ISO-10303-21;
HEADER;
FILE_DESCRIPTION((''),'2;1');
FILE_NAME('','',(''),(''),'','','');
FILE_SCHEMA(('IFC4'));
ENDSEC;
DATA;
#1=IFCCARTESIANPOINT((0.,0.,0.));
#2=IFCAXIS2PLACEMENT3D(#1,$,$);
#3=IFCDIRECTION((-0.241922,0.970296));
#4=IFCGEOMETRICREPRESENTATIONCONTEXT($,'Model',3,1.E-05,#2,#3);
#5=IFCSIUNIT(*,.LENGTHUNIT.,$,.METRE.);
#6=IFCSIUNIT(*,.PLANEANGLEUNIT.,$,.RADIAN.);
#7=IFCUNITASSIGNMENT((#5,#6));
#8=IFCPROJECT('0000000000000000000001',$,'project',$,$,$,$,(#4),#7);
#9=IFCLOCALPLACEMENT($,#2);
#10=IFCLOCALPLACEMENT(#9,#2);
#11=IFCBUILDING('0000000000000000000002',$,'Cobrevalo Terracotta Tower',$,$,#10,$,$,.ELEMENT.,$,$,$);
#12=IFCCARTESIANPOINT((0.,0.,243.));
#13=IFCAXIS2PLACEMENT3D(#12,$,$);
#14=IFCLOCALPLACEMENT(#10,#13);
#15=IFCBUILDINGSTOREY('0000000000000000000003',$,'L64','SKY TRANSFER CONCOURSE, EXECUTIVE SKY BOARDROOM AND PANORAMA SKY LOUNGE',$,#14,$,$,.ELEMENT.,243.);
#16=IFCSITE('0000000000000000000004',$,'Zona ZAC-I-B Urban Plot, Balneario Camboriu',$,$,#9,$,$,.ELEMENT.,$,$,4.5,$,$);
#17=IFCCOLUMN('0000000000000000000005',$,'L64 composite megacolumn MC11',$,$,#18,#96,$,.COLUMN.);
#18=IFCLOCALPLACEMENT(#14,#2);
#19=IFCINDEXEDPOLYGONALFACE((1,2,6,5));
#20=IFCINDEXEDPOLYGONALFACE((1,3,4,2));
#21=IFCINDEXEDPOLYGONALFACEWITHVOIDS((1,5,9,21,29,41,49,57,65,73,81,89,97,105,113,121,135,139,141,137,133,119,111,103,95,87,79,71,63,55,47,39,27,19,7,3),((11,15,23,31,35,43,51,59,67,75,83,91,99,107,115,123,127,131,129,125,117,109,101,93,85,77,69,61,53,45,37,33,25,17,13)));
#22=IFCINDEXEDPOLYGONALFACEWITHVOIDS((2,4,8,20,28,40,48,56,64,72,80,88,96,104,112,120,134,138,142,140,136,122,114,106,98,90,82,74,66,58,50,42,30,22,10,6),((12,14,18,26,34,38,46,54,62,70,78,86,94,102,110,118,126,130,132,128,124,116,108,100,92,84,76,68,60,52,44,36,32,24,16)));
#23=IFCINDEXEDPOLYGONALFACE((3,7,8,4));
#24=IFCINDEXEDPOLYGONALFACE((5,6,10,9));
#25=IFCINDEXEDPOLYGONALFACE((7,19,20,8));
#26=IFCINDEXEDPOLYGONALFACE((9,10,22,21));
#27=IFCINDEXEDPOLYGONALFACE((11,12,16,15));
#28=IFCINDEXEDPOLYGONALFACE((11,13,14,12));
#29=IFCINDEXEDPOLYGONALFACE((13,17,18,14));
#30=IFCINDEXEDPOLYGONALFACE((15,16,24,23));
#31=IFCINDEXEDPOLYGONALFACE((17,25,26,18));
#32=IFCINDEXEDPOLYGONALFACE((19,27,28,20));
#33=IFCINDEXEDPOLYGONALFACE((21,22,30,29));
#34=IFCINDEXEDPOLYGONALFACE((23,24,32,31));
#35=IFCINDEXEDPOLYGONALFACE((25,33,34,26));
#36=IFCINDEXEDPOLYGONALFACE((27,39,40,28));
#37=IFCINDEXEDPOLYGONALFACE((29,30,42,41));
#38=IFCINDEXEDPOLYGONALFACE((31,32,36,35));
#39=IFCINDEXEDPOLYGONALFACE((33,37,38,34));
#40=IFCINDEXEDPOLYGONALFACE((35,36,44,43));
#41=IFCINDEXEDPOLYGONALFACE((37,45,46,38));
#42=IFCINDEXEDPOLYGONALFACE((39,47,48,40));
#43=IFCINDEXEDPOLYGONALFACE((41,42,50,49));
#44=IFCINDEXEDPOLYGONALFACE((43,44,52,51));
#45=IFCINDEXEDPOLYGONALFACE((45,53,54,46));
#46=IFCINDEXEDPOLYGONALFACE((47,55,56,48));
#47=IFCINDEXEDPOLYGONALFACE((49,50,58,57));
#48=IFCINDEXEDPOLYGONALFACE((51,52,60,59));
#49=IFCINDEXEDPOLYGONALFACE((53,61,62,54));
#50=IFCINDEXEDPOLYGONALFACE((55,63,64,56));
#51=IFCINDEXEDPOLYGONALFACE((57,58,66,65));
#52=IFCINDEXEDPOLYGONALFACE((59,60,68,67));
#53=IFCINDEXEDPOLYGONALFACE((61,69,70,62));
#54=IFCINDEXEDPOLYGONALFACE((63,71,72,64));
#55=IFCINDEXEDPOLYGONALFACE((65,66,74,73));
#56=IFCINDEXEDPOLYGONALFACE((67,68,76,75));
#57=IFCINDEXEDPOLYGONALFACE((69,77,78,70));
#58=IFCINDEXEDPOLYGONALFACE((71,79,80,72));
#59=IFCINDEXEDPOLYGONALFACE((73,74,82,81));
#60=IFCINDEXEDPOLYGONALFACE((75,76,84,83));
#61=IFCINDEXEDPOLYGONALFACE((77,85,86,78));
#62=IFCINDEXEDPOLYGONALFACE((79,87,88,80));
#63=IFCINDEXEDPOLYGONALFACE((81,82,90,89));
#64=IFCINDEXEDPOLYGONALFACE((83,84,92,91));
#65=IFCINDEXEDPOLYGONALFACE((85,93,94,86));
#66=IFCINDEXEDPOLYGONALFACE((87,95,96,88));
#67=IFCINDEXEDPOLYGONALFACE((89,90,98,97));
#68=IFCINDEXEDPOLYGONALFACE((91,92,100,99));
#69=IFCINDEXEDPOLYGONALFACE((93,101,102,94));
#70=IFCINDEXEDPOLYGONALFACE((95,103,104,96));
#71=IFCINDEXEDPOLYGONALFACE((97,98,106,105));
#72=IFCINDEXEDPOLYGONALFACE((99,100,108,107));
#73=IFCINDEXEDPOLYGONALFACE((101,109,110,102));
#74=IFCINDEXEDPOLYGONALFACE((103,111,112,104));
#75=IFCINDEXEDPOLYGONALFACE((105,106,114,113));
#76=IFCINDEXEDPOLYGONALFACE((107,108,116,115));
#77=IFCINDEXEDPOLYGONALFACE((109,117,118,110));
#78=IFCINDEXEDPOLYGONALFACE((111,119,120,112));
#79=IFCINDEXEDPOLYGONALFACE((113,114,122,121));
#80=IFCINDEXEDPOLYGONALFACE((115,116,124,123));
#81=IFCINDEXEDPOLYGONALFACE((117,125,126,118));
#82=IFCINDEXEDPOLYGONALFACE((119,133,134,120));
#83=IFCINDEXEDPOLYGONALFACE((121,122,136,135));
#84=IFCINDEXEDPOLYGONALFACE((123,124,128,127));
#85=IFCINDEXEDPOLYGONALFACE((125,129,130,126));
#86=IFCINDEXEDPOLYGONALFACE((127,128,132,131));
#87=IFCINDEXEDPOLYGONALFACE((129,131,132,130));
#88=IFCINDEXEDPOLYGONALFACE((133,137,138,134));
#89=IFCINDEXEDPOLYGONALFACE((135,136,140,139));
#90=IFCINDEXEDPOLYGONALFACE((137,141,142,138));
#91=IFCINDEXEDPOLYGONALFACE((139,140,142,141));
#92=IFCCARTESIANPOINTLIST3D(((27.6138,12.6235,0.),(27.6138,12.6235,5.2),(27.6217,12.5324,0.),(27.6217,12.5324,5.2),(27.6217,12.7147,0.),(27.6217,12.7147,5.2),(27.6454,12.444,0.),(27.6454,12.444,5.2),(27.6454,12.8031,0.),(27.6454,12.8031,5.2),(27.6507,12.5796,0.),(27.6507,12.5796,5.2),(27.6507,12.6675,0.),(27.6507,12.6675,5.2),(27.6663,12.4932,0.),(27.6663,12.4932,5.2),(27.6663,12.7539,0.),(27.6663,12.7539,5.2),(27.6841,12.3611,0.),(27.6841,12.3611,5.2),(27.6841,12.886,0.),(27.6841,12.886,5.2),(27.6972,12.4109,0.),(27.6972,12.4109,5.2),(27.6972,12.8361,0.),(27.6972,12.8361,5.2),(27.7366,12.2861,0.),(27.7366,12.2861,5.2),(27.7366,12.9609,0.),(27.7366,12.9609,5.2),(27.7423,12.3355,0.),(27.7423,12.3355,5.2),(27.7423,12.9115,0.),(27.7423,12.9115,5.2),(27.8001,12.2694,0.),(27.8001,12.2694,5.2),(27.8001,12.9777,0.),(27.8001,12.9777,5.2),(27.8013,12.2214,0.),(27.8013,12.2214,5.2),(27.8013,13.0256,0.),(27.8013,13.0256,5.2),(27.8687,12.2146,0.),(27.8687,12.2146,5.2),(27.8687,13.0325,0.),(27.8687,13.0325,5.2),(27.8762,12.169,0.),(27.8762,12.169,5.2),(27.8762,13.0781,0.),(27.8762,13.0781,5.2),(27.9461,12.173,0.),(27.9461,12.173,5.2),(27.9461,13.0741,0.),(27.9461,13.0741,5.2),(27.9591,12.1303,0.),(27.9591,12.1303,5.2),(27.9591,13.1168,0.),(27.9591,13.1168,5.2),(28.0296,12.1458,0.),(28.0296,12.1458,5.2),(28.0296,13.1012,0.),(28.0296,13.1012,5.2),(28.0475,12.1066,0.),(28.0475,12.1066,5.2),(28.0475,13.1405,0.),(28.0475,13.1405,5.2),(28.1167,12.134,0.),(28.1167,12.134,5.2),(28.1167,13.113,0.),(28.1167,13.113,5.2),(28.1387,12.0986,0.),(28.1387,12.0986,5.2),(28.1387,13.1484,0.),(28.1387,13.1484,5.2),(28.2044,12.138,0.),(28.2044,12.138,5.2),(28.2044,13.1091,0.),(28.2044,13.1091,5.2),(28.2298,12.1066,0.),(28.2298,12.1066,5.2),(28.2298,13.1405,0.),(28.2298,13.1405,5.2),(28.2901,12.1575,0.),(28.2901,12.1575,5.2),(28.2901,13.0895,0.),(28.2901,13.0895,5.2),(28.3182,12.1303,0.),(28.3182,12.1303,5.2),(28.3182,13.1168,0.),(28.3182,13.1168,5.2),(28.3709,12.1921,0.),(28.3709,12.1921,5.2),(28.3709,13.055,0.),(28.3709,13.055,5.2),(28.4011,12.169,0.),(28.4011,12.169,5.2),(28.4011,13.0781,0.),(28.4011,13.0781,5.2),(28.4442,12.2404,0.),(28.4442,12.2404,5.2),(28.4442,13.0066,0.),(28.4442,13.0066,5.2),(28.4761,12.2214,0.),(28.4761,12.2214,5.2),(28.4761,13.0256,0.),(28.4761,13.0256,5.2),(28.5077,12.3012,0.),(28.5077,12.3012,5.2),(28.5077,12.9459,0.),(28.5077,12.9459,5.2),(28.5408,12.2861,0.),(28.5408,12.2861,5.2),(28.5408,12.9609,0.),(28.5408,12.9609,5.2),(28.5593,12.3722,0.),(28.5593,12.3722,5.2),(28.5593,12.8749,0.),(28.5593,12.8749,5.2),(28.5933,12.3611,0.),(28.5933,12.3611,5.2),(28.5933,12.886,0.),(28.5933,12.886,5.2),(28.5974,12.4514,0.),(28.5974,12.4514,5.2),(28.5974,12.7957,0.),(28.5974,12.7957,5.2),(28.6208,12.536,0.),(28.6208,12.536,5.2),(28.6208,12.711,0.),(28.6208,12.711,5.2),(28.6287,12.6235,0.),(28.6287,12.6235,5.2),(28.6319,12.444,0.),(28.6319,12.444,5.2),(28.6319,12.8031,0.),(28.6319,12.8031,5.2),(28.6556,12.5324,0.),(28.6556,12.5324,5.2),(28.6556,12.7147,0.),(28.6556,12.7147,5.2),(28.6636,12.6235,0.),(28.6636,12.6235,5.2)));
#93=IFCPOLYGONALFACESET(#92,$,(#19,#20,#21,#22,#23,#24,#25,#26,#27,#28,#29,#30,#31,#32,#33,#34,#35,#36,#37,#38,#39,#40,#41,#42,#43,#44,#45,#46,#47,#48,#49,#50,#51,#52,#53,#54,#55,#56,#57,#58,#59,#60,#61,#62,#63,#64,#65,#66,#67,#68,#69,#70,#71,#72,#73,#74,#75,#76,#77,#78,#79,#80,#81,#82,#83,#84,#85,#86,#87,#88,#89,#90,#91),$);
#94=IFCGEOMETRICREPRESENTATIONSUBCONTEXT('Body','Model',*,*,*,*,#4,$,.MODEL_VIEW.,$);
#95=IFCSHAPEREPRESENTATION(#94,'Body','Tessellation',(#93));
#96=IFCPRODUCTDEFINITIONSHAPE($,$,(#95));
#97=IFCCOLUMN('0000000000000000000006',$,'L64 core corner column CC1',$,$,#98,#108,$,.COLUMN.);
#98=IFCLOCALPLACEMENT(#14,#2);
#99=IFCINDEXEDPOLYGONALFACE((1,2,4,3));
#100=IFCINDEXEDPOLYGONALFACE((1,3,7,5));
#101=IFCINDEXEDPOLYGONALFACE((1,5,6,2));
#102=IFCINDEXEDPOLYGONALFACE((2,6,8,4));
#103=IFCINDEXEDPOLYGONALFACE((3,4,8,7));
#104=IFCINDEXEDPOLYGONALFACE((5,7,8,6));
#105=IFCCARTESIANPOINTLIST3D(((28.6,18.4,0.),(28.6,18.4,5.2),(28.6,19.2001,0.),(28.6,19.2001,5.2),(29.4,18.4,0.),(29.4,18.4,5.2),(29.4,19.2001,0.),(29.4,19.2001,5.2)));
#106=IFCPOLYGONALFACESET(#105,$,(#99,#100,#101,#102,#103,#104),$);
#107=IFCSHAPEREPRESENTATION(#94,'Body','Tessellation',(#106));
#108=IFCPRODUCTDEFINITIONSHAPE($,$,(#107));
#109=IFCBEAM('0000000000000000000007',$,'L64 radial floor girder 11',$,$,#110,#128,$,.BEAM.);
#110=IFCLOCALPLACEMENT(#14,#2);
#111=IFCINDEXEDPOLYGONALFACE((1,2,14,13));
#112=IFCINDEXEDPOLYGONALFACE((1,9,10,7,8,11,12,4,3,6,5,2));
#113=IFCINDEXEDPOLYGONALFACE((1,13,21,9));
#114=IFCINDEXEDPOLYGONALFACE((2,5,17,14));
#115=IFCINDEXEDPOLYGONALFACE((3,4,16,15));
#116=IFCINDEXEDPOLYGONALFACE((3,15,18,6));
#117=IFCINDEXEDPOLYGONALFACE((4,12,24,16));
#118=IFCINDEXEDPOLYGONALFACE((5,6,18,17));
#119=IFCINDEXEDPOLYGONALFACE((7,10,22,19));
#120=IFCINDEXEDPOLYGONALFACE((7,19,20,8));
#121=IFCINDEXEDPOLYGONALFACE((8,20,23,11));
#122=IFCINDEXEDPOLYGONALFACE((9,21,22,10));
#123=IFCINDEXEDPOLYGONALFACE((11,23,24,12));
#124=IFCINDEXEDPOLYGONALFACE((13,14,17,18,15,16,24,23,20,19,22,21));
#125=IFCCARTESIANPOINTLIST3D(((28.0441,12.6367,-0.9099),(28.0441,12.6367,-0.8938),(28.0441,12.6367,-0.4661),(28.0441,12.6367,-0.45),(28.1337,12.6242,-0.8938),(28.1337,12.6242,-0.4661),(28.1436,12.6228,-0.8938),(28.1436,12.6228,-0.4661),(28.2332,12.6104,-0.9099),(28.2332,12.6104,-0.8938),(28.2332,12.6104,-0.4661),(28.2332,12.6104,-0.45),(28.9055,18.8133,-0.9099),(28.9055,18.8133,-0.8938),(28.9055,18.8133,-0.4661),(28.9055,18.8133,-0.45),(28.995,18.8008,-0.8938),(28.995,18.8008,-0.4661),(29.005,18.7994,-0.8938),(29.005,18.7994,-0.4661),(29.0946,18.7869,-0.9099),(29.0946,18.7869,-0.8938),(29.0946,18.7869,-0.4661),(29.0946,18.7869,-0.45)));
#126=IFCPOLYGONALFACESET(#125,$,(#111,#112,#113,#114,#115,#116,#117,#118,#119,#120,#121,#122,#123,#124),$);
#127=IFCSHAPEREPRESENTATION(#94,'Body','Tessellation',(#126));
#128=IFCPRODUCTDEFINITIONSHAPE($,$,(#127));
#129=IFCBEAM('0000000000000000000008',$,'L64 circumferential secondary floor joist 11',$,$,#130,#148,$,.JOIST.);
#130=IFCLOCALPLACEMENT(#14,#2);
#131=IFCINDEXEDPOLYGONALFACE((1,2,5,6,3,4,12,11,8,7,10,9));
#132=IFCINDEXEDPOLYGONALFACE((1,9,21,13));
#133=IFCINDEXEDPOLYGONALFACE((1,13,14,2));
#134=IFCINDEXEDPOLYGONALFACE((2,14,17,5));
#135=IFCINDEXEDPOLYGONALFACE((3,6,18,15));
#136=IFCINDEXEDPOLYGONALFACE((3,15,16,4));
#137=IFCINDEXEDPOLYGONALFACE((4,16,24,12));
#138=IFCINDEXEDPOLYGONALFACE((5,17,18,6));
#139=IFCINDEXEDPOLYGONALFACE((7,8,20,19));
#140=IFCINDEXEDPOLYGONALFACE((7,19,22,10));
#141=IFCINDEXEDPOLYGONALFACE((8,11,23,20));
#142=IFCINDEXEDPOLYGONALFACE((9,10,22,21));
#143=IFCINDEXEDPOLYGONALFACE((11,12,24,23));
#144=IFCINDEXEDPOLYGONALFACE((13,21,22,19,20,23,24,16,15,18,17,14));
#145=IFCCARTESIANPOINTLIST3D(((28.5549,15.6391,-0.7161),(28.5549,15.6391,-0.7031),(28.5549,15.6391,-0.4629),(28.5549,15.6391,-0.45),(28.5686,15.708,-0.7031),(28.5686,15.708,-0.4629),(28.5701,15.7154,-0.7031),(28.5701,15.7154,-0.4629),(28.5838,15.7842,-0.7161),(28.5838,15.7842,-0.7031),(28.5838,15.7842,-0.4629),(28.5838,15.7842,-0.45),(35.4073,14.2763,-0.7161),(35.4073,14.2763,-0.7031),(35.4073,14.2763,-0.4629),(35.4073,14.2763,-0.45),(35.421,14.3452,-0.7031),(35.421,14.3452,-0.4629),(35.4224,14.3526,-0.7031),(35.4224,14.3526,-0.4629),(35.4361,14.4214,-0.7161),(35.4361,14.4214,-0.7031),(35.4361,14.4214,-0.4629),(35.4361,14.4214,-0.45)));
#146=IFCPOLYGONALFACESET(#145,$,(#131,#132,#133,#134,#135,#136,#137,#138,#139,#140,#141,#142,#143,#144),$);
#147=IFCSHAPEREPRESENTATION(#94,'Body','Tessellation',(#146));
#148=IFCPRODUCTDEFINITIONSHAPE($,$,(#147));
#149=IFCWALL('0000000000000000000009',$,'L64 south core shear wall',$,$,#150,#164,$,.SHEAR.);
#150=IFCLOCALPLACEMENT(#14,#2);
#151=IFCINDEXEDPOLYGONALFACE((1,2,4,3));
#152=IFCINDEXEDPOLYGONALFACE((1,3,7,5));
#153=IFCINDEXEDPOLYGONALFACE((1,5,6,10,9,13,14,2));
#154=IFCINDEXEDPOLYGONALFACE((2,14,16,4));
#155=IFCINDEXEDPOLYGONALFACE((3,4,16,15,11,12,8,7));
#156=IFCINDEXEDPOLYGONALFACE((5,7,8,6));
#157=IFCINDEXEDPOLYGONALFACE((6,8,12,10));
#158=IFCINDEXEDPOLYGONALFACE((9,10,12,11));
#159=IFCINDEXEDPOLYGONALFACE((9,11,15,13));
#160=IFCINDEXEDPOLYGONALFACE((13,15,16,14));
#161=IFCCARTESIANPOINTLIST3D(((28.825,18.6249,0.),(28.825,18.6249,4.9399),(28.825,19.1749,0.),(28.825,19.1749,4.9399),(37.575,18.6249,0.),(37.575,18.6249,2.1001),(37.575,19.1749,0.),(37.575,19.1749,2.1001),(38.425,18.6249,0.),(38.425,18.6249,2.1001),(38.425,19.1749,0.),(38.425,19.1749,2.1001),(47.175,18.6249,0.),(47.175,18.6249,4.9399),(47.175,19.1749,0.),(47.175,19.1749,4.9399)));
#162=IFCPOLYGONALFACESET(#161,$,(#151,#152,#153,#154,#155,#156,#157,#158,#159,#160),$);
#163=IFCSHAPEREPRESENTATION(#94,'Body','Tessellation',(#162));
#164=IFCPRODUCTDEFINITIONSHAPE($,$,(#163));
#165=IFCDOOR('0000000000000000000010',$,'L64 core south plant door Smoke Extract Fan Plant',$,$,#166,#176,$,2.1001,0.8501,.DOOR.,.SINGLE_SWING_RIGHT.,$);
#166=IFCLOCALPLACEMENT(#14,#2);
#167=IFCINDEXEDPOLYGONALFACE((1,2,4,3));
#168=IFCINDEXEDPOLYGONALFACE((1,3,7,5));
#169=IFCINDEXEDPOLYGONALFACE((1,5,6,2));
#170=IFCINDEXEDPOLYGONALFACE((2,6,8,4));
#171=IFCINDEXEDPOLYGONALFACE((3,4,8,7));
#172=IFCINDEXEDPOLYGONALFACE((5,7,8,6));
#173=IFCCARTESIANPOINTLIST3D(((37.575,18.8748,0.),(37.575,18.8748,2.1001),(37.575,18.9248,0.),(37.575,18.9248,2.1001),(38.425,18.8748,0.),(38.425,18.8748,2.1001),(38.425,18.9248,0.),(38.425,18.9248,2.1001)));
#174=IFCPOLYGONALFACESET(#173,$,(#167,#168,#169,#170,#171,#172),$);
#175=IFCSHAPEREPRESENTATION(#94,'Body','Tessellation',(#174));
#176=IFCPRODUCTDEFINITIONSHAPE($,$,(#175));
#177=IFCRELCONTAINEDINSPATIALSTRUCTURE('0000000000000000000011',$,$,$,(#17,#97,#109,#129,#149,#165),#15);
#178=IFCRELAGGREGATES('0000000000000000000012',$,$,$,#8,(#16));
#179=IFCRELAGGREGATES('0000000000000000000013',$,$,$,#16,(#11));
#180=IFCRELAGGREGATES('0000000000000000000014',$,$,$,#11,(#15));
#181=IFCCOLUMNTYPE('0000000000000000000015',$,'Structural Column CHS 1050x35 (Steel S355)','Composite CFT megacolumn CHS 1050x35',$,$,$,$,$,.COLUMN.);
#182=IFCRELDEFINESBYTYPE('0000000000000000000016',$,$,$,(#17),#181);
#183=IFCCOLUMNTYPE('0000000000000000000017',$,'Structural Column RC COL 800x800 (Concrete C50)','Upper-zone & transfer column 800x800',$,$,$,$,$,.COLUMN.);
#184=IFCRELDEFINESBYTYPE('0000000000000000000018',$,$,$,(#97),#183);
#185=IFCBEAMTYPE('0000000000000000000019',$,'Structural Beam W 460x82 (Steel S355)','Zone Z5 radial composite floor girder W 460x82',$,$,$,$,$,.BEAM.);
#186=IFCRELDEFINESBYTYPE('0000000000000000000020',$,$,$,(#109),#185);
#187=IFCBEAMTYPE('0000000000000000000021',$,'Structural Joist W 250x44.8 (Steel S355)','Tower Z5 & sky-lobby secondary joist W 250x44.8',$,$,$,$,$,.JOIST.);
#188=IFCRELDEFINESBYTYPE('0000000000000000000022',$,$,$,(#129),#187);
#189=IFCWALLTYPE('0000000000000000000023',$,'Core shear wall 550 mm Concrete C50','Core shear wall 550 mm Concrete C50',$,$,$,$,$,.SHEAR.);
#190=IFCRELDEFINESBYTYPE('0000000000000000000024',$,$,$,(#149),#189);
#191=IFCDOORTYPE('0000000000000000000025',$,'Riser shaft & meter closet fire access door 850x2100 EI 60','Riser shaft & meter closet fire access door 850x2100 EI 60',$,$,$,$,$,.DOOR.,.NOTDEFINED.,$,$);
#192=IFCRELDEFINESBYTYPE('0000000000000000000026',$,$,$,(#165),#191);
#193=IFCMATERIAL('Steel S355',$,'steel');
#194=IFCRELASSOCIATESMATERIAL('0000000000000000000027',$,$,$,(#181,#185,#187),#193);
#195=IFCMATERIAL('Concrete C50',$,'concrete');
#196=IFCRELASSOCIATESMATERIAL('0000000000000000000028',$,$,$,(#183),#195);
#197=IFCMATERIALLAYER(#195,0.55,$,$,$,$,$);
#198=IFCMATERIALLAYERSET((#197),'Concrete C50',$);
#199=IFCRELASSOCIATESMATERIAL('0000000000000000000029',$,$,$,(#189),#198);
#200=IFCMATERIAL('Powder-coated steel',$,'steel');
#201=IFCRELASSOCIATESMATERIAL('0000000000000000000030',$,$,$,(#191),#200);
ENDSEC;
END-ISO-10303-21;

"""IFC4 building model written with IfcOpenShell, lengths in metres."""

from ifc_helpers import new_model, si_unit, direction, frame, frame_2d, origin, origin_2d, place, context, subcontext, project, spatial, rectangle, hollow_circle, i_section, extrude, source, transform, mapped, material, layer, layer_set, material_profile, profile_set, type_object, element, fill, save


model = new_model("IFC4")

# Units and contexts
model_context = context("Model", 3, precision=1e-05, world=origin(), true_north=direction((-0.241922, 0.970296)))
body_context = subcontext(model_context, "Body", "Model", "MODEL_VIEW")
ifc_project = project(units=[si_unit("LENGTHUNIT", "METRE"), si_unit("PLANEANGLEUNIT", "RADIAN")], contexts=[model_context])

# Site, building, storey
site_placement = place(None, origin())
site = spatial("IfcSite", under=ifc_project, at=site_placement, Name="Zona ZAC-I-B Urban Plot, Balneario Camboriu", CompositionType="ELEMENT", RefElevation=4.5)
building_placement = place(site_placement, origin())
building = spatial("IfcBuilding", under=site, at=building_placement, Name="Cobrevalo Terracotta Tower", CompositionType="ELEMENT")
storey_placement = place(building_placement, frame((0.0, 0.0, 243.0)))
storey = spatial("IfcBuildingStorey", under=building, at=storey_placement, Name="L64", Description="SKY TRANSFER CONCOURSE, EXECUTIVE SKY BOARDROOM AND PANORAMA SKY LOUNGE", CompositionType="ELEMENT", Elevation=243.0)

# Columns
ifc_material_1 = material(Name="Steel S355", Category="steel")
ifc_material_profile_1 = material_profile(ifc_material_1, hollow_circle(Radius=0.5249, WallThickness=0.0349, at=origin_2d()), Name="CHS 1050x35")
ifc_profile_set_1 = profile_set([ifc_material_profile_1], Name="Steel S355")
column_type_1 = type_object("IfcColumnType", Name="Structural Column CHS 1050x35 (Steel S355)", Description="Composite CFT megacolumn CHS 1050x35", PredefinedType="COLUMN", material=ifc_profile_set_1)
column_1_placement = place(storey_placement, frame((28.1387, 12.6235, 0.0), z_axis=(0.0, 0.0, 1.0), x_axis=(1.0, 0.0, 0.0)))
element("IfcColumn", 1, at=column_1_placement, inside=storey, type_object=column_type_1, Name="L64 composite megacolumn MC11", PredefinedType="COLUMN", context=body_context, shape_type="SweptSolid", body=[
    extrude(hollow_circle(Radius=0.5249, WallThickness=0.0349, at=origin_2d()), origin(), (0.0, 0.0, 1.0), 5.2),
])
ifc_material_2 = material(Name="Concrete C50", Category="concrete")
ifc_material_profile_2 = material_profile(ifc_material_2, rectangle(XDim=0.8, YDim=0.8, at=origin_2d()), Name="RC COL 800x800")
ifc_profile_set_2 = profile_set([ifc_material_profile_2], Name="Concrete C50")
column_type_2 = type_object("IfcColumnType", Name="Structural Column RC COL 800x800 (Concrete C50)", Description="Upper-zone & transfer column 800x800", PredefinedType="COLUMN", material=ifc_profile_set_2)
column_2_placement = place(storey_placement, frame((29.0, 18.8, 0.0), z_axis=(0.0, 0.0, 1.0), x_axis=(1.0, 0.0, 0.0)))
element("IfcColumn", 2, at=column_2_placement, inside=storey, type_object=column_type_2, Name="L64 core corner column CC1", PredefinedType="COLUMN", context=body_context, shape_type="SweptSolid", body=[
    extrude(rectangle(XDim=0.8, YDim=0.8, at=origin_2d()), origin(), (0.0, 0.0, 1.0), 5.2),
])

# Beams
ifc_material_profile_3 = material_profile(ifc_material_1, i_section(OverallWidth=0.1909, OverallDepth=0.46, WebThickness=0.01, FlangeThickness=0.0161, at=origin_2d()), Name="W 460x82")
ifc_profile_set_3 = profile_set([ifc_material_profile_3], Name="Steel S355")
beam_type_1 = type_object("IfcBeamType", Name="Structural Beam W 460x82 (Steel S355)", Description="Zone Z5 radial composite floor girder W 460x82", PredefinedType="BEAM", material=ifc_profile_set_3)
beam_1_placement = place(storey_placement, frame((28.1387, 12.6235, -0.6799), z_axis=(0.138116, 0.990416, 0.0), x_axis=(-0.990416, 0.138116, 0.0)))
element("IfcBeam", 3, at=beam_1_placement, inside=storey, type_object=beam_type_1, Name="L64 radial floor girder 11", PredefinedType="BEAM", context=body_context, shape_type="SweptSolid", body=[
    extrude(i_section(OverallWidth=0.1909, OverallDepth=0.46, WebThickness=0.01, FlangeThickness=0.0161, at=origin_2d()), origin(), (0.0, 0.0, 1.0), 6.2363),
])
ifc_material_profile_4 = material_profile(ifc_material_1, i_section(OverallWidth=0.1479, OverallDepth=0.2661, WebThickness=0.0076, FlangeThickness=0.0129, at=origin_2d()), Name="W 250x44.8")
ifc_profile_set_4 = profile_set([ifc_material_profile_4], Name="Steel S355")
beam_type_2 = type_object("IfcBeamType", Name="Structural Joist W 250x44.8 (Steel S355)", Description="Tower Z5 & sky-lobby secondary joist W 250x44.8", PredefinedType="JOIST", material=ifc_profile_set_4)
beam_2_placement = place(storey_placement, frame((28.5693, 15.7117, -0.583), z_axis=(0.980791, -0.195061, 0.0), x_axis=(0.195061, 0.980791, 0.0)))
element("IfcBeam", 4, at=beam_2_placement, inside=storey, type_object=beam_type_2, Name="L64 circumferential secondary floor joist 11", PredefinedType="JOIST", context=body_context, shape_type="SweptSolid", body=[
    extrude(i_section(OverallWidth=0.1479, OverallDepth=0.2661, WebThickness=0.0076, FlangeThickness=0.0129, at=origin_2d()), origin(), (0.0, 0.0, 1.0), 6.9866),
])

# Wall, opening, door
ifc_layer_1 = layer(ifc_material_2, 0.55)
ifc_layer_set_1 = layer_set([ifc_layer_1], Name="Concrete C50")
wall_type_1 = type_object("IfcWallType", Name="Core shear wall 550 mm Concrete C50", Description="Core shear wall 550 mm Concrete C50", PredefinedType="SHEAR", material=ifc_layer_set_1)
wall_1_placement = place(storey_placement, frame((28.825, 18.8999, 0.0), z_axis=(0.0, 0.0, 1.0), x_axis=(1.0, 0.0, 0.0)))
wall_1 = element("IfcWall", 5, at=wall_1_placement, inside=storey, type_object=wall_type_1, Name="L64 south core shear wall", PredefinedType="SHEAR", context=body_context, shape_type="SweptSolid", body=[
    extrude(rectangle(XDim=18.3501, YDim=0.55, at=frame_2d((9.175, 0.0))), origin(), (0.0, 0.0, 1.0), 4.9399),
])
opening_1_placement = place(wall_1_placement, frame((8.75, 0.0, 0.0)))
opening_1 = element("IfcOpeningElement", 6, at=opening_1_placement, cuts=wall_1, PredefinedType="OPENING", context=body_context, shape_type="SweptSolid", body=[
    extrude(rectangle(XDim=0.8501, YDim=2.1001, at=frame_2d((0.425, 1.05))), frame((0.0, 0.2852, 0.0), z_axis=(0.0, -1.0, 0.0), x_axis=(1.0, 0.0, 0.0)), (0.0, 0.0, 1.0), 0.5701),
])
ifc_material_3 = material(Name="Powder-coated steel", Category="steel")
door_type_1 = type_object("IfcDoorType", Name="Riser shaft & meter closet fire access door 850x2100 EI 60", Description="Riser shaft & meter closet fire access door 850x2100 EI 60", OperationType="NOTDEFINED", PredefinedType="DOOR", material=ifc_material_3)
shared_shape_1 = source(origin(), body_context, "Body", "SweptSolid", [
    extrude(rectangle(XDim=0.8501, YDim=2.1001, at=frame_2d((0.425, 1.05))), frame((0.0, 0.0249, 0.0), z_axis=(0.0, -1.0, 0.0), x_axis=(1.0, 0.0, 0.0)), (0.0, 0.0, 1.0), 0.05),
])
door_1_placement = place(opening_1_placement, origin())
door_1 = element("IfcDoor", 7, at=door_1_placement, inside=storey, type_object=door_type_1, Name="L64 core south plant door Smoke Extract Fan Plant", OperationType="SINGLE_SWING_RIGHT", OverallHeight=2.1001, OverallWidth=0.8501, PredefinedType="DOOR", context=body_context, shape_type="MappedRepresentation", body=[
    mapped(shared_shape_1, transform((0.0, 0.0, 0.0), scale=1.0)),
])
fill(opening_1, door_1)

save(model, "model.ifc")
